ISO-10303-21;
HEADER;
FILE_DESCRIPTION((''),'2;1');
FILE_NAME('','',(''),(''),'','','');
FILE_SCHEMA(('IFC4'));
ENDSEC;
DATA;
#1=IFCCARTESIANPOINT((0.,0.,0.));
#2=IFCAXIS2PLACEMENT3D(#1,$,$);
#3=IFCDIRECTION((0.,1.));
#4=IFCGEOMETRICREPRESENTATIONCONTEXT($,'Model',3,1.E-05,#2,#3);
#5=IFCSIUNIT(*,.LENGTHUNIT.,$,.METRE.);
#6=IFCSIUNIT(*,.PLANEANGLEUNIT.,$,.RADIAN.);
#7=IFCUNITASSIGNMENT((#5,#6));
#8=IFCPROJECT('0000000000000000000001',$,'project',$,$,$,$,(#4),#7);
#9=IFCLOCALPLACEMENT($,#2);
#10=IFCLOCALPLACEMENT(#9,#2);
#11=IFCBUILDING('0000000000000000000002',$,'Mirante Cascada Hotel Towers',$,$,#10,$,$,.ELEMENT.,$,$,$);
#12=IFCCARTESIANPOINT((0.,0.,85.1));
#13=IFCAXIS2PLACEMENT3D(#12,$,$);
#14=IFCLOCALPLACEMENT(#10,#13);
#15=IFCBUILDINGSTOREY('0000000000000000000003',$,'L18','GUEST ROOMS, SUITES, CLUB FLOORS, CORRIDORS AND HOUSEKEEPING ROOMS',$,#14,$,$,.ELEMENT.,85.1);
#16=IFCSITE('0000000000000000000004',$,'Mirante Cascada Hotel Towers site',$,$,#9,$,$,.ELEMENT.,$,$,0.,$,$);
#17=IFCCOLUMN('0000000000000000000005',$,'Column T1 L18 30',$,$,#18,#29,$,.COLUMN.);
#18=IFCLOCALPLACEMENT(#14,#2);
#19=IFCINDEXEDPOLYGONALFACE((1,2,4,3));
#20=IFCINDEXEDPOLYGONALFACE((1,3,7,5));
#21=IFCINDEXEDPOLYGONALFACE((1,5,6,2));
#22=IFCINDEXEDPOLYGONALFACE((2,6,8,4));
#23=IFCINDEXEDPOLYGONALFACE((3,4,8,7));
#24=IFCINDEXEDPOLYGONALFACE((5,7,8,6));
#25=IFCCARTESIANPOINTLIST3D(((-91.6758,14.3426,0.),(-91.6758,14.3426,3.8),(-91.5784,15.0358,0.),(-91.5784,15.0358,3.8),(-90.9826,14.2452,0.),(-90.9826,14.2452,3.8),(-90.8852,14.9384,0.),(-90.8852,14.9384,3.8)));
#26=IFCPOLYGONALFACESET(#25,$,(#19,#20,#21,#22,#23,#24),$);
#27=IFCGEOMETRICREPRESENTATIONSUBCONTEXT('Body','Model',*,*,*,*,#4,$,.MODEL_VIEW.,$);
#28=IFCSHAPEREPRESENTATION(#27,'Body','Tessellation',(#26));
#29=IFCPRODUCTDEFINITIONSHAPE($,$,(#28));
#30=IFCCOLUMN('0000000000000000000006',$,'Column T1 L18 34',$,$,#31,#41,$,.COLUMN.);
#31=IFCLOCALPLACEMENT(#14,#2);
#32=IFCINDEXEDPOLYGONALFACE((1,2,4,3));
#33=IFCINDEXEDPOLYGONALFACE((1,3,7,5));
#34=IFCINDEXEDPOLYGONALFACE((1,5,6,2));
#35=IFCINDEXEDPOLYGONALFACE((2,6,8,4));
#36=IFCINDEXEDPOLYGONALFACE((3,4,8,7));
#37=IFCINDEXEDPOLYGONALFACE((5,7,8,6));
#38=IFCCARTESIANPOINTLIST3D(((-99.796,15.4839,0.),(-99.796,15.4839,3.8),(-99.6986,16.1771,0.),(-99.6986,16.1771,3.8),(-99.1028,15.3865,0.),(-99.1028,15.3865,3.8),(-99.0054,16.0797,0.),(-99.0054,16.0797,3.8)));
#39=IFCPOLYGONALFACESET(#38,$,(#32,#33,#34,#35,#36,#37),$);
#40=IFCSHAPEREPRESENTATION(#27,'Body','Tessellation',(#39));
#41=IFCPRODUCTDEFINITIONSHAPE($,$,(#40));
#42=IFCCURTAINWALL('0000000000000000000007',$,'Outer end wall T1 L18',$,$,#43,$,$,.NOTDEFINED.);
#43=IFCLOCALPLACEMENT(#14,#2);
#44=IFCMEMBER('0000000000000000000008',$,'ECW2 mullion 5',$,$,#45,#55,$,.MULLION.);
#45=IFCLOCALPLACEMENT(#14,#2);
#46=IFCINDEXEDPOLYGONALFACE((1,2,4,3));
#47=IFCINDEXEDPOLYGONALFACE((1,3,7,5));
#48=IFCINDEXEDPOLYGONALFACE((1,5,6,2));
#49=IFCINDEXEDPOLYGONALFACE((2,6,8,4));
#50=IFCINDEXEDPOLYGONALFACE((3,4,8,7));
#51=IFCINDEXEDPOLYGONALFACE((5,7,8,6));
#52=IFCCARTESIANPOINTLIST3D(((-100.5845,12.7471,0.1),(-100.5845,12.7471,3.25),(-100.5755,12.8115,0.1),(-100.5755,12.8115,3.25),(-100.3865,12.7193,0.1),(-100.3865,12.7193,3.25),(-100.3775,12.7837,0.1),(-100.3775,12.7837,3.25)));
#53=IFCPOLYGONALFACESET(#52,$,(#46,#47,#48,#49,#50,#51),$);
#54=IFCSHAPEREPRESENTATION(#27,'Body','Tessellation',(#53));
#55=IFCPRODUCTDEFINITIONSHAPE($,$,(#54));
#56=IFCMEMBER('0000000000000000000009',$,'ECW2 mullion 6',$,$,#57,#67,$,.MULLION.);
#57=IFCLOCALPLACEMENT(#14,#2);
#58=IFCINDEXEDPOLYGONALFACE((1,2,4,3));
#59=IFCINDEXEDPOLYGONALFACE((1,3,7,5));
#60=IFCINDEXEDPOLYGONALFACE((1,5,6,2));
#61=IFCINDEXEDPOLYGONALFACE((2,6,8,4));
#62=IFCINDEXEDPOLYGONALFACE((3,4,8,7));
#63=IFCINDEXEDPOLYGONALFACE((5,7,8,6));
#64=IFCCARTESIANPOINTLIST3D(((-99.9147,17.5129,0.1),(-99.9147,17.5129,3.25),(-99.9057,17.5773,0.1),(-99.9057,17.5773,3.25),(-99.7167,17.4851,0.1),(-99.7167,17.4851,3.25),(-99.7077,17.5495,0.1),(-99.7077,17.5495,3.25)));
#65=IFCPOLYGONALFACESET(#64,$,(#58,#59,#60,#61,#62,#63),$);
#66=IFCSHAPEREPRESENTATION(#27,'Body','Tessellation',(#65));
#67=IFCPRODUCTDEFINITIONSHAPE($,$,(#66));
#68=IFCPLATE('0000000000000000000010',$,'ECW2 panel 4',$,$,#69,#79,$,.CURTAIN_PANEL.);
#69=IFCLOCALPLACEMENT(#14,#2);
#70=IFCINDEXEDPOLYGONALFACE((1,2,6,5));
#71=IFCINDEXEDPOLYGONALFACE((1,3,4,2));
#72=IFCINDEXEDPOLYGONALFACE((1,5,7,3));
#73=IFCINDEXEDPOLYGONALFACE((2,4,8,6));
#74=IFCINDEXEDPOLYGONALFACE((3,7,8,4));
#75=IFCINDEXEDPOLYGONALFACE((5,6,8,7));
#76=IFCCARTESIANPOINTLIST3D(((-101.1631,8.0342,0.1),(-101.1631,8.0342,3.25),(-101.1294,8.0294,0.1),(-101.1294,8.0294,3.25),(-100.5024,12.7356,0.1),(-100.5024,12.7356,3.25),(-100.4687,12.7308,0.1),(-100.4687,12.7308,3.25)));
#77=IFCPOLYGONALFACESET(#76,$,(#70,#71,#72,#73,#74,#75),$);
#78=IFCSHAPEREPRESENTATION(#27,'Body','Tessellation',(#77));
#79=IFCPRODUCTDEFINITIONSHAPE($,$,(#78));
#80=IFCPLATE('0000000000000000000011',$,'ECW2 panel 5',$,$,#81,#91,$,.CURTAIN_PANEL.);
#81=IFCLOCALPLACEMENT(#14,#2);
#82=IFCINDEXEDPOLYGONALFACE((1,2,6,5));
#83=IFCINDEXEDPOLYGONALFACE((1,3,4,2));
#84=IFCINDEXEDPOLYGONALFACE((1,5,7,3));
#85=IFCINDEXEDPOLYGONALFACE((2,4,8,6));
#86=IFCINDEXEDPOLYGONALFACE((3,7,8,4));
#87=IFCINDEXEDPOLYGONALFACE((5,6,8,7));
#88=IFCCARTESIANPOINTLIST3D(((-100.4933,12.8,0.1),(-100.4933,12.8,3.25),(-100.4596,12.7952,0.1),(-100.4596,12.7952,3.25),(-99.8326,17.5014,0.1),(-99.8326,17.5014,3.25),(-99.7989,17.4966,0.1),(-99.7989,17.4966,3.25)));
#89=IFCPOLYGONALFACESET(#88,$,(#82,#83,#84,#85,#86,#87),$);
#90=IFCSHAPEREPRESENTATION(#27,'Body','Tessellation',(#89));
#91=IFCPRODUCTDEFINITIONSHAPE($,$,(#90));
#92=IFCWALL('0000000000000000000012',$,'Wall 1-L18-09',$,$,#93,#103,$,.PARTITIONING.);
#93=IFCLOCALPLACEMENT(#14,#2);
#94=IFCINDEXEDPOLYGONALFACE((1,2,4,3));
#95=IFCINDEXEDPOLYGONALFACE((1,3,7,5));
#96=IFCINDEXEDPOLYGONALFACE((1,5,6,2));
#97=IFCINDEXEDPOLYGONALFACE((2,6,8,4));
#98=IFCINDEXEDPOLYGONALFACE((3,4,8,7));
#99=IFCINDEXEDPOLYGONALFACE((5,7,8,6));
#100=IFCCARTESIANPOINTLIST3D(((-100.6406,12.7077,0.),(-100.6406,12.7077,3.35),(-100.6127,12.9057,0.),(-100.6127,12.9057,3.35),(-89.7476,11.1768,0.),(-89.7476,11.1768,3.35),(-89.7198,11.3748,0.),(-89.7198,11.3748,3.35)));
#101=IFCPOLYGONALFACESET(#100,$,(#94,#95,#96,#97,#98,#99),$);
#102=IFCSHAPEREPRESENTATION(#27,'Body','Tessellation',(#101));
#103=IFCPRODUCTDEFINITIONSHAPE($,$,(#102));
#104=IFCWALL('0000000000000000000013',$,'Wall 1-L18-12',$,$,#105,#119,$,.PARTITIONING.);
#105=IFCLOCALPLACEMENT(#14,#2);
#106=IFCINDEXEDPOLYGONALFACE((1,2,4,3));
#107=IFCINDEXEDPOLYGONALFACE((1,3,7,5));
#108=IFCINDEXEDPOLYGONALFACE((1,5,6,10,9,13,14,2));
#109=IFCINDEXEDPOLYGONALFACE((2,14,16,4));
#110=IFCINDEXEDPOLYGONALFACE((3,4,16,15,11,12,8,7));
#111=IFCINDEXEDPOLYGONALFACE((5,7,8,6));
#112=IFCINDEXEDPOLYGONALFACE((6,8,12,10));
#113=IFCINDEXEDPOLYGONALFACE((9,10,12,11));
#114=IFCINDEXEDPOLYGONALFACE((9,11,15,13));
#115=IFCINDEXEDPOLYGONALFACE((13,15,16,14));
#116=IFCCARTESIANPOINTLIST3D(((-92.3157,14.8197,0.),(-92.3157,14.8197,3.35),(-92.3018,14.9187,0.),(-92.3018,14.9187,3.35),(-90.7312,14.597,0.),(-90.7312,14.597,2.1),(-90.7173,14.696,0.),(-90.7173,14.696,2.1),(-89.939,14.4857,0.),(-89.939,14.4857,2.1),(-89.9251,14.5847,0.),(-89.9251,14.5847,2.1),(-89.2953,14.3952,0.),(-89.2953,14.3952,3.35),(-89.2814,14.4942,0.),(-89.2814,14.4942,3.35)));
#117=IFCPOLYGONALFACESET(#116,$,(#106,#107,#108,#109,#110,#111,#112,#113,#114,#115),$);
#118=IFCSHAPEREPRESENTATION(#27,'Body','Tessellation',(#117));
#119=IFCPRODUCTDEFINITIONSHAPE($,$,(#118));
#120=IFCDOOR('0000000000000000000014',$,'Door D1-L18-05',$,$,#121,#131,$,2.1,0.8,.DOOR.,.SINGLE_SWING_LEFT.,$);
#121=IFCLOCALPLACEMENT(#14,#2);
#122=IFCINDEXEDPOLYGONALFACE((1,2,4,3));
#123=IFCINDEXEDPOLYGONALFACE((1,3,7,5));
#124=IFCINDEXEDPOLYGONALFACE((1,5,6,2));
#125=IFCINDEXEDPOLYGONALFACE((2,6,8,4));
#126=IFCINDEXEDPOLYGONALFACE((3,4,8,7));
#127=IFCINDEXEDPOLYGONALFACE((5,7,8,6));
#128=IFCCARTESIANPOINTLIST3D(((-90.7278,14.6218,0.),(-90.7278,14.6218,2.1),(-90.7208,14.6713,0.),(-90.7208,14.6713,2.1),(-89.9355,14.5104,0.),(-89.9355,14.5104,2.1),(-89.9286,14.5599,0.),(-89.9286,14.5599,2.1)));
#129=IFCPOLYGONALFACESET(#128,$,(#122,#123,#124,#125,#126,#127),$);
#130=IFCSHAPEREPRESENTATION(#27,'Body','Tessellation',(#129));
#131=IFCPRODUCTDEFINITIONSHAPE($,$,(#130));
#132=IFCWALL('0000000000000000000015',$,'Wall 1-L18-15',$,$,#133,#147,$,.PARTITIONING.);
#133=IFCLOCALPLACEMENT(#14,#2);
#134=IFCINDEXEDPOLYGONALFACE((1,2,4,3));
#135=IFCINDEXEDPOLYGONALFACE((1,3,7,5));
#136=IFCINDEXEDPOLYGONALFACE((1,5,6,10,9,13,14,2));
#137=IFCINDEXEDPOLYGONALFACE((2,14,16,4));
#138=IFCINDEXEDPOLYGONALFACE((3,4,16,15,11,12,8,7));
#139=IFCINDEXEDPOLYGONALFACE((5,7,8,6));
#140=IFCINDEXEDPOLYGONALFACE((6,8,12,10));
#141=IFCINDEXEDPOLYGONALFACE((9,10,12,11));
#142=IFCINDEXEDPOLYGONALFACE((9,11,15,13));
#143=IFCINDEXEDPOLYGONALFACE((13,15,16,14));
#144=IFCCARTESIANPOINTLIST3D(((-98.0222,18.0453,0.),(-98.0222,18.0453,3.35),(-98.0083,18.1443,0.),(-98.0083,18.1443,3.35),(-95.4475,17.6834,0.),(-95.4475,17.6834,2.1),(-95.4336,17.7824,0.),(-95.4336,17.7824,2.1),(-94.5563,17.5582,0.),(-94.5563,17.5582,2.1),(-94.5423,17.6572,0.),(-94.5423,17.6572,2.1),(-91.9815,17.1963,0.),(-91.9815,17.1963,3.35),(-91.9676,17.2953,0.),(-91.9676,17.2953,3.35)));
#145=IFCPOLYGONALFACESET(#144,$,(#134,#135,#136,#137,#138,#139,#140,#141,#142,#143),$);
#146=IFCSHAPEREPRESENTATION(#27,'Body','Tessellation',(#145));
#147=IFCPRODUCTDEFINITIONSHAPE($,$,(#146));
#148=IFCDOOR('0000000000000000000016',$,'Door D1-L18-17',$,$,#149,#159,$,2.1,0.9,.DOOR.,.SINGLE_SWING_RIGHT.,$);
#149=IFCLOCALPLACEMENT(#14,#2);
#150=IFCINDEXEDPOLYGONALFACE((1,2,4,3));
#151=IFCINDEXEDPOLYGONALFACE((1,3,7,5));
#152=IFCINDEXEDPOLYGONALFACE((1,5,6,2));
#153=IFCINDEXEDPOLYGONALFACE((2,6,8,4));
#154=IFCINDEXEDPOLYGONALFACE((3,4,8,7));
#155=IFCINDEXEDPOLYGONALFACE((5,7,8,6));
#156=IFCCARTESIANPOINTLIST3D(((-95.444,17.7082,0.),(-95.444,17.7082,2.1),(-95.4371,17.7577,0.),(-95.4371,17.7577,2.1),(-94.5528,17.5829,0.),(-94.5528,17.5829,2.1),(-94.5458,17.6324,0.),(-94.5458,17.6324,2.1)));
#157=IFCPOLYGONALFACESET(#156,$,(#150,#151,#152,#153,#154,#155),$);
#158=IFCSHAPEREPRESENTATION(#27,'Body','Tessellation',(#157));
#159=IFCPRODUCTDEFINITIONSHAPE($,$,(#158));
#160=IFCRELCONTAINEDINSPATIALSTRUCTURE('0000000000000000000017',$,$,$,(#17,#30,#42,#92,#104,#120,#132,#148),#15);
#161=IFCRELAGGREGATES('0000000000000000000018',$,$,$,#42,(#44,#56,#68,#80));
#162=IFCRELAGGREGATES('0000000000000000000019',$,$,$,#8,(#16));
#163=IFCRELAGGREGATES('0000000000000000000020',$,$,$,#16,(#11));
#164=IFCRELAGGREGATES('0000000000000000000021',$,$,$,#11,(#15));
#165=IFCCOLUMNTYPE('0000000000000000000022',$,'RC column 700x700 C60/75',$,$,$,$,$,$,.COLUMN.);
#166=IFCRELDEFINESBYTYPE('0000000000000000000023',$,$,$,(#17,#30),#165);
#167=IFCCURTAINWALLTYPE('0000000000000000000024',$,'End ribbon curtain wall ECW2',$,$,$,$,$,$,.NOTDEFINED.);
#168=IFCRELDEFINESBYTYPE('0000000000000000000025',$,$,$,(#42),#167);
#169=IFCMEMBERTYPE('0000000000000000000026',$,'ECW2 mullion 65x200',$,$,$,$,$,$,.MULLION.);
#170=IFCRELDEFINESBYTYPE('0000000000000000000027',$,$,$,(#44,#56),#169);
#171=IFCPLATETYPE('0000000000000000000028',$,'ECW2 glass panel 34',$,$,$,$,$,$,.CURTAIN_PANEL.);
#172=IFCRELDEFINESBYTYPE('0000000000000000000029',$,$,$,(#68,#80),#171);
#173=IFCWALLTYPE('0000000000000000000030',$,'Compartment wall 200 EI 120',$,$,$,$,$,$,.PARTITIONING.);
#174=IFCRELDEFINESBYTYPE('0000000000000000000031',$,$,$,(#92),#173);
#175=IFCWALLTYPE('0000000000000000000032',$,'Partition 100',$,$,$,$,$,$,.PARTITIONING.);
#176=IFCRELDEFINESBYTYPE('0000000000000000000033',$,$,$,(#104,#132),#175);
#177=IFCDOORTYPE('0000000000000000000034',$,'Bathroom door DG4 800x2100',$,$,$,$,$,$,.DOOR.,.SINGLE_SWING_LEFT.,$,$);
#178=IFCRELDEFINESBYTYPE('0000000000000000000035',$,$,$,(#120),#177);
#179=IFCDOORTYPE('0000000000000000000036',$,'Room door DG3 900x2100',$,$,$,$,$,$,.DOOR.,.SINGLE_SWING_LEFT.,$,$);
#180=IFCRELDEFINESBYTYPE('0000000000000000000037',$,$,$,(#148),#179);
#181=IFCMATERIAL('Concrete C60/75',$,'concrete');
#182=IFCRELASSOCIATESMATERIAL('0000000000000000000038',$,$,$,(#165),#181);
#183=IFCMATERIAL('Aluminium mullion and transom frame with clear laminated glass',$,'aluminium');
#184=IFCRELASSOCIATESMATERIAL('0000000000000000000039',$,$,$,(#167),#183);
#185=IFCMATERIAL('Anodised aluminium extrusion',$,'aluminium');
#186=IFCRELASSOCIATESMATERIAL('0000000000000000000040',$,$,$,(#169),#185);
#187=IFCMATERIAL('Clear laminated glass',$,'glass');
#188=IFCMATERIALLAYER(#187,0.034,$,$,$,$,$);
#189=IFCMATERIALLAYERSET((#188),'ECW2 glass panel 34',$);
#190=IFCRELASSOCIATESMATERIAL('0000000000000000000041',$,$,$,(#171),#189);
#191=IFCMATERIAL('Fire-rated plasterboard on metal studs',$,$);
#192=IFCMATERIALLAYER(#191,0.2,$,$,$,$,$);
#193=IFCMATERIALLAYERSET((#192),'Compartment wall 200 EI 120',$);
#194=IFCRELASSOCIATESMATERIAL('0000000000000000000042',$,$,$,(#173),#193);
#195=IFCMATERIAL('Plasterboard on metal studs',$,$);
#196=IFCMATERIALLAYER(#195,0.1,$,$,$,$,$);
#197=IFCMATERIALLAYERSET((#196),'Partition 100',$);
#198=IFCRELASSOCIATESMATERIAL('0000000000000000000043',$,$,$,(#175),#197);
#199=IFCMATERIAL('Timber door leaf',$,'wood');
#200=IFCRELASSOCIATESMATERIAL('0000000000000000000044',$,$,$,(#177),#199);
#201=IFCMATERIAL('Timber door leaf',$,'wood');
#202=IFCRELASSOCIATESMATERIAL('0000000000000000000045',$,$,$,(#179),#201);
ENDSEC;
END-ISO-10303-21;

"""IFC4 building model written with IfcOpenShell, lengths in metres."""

from ifc_helpers import new_model, si_unit, direction, frame, frame_2d, origin, origin_2d, place, context, subcontext, project, spatial, rectangle, extrude, material, layer, layer_set, material_profile, profile_set, type_object, element, fill, aggregate, save


model = new_model("IFC4")

# Units and contexts
model_context = context("Model", 3, precision=1e-05, world=origin(), true_north=direction((0.0, 1.0)))
body_context = subcontext(model_context, "Body", "Model", "MODEL_VIEW")
ifc_project = project(units=[si_unit("LENGTHUNIT", "METRE"), si_unit("PLANEANGLEUNIT", "RADIAN")], contexts=[model_context])

# Site, building, storey
site_placement = place(None, origin())
site = spatial("IfcSite", under=ifc_project, at=site_placement, Name="Mirante Cascada Hotel Towers site", CompositionType="ELEMENT", RefElevation=0.0)
building_placement = place(site_placement, origin())
building = spatial("IfcBuilding", under=site, at=building_placement, Name="Mirante Cascada Hotel Towers", CompositionType="ELEMENT")
storey_placement = place(building_placement, frame((0.0, 0.0, 85.1)))
storey = spatial("IfcBuildingStorey", under=building, at=storey_placement, Name="L18", Description="GUEST ROOMS, SUITES, CLUB FLOORS, CORRIDORS AND HOUSEKEEPING ROOMS", CompositionType="ELEMENT", Elevation=85.1)

# Columns
ifc_material_1 = material(Name="Concrete C60/75", Category="concrete")
ifc_material_profile_1 = material_profile(ifc_material_1, rectangle(XDim=0.7, YDim=0.7, at=origin_2d()), Name="RC column 700x700 C60/75")
ifc_profile_set_1 = profile_set([ifc_material_profile_1], Name="Concrete C60/75")
column_type = type_object("IfcColumnType", Name="RC column 700x700 C60/75", PredefinedType="COLUMN", material=ifc_profile_set_1)
for number, where, z_axis, x_axis, name in (
    (1, (-91.2805, 14.6405, 0.0), (0.0, 0.0, 1.0), (-0.990268, 0.139173, 0.0), "Column T1 L18 30"),
    (2, (-99.4007, 15.7818, 0.0), (0.0, 0.0, 1.0), (-0.990268, 0.139173, 0.0), "Column T1 L18 34"),
):
    element("IfcColumn", number, at=place(storey_placement, frame(where, z_axis=z_axis, x_axis=x_axis)), inside=storey, type_object=column_type, Name=name, PredefinedType="COLUMN", context=body_context, shape_type="SweptSolid", body=[
        extrude(rectangle(XDim=0.7, YDim=0.7, at=origin_2d()), origin(), (0.0, 0.0, 1.0), 3.8),
    ])

# Curtain wall, members, plates
ifc_material_2 = material(Name="Aluminium mullion and transom frame with clear laminated glass", Category="aluminium")
curtain_wall_type = type_object("IfcCurtainWallType", Name="End ribbon curtain wall ECW2", PredefinedType="NOTDEFINED", material=ifc_material_2)
curtain_wall_placement = place(storey_placement, origin())
curtain_wall = element("IfcCurtainWall", 3, at=curtain_wall_placement, inside=storey, type_object=curtain_wall_type, Name="Outer end wall T1 L18", PredefinedType="NOTDEFINED")
ifc_material_3 = material(Name="Anodised aluminium extrusion", Category="aluminium")
ifc_material_profile_2 = material_profile(ifc_material_3, rectangle(XDim=0.2, YDim=0.065, at=origin_2d()), Name="ECW2 MULLION 65x200")
ifc_profile_set_2 = profile_set([ifc_material_profile_2], Name="Anodised aluminium extrusion")
member_type = type_object("IfcMemberType", Name="ECW2 mullion 65x200", PredefinedType="MULLION", material=ifc_profile_set_2)
member_1_placement = place(storey_placement, frame((-100.481, 12.7654, 0.1), z_axis=(0.0, 0.0, 1.0), x_axis=(-0.990268, 0.139173, 0.0)))
member_1 = element("IfcMember", 4, at=member_1_placement, type_object=member_type, Name="ECW2 mullion 5", PredefinedType="MULLION", context=body_context, shape_type="SweptSolid", body=[
    extrude(rectangle(XDim=0.2, YDim=0.065, at=origin_2d()), origin(), (0.0, 0.0, 1.0), 3.15),
])
member_2_placement = place(storey_placement, frame((-99.8112, 17.5312, 0.1), z_axis=(0.0, 0.0, 1.0), x_axis=(-0.990268, 0.139173, 0.0)))
member_2 = element("IfcMember", 5, at=member_2_placement, type_object=member_type, Name="ECW2 mullion 6", PredefinedType="MULLION", context=body_context, shape_type="SweptSolid", body=[
    extrude(rectangle(XDim=0.2, YDim=0.065, at=origin_2d()), origin(), (0.0, 0.0, 1.0), 3.15),
])
ifc_material_4 = material(Name="Clear laminated glass", Category="glass")
ifc_layer_1 = layer(ifc_material_4, 0.034)
ifc_layer_set_1 = layer_set([ifc_layer_1], Name="ECW2 glass panel 34")
plate_type = type_object("IfcPlateType", Name="ECW2 glass panel 34", PredefinedType="CURTAIN_PANEL", material=ifc_layer_set_1)
plate_1_placement = place(storey_placement, frame((-100.8159, 10.3825, 0.1), z_axis=(0.0, 0.0, 1.0), x_axis=(0.139173, 0.990268, 0.0)))
plate_1 = element("IfcPlate", 6, at=plate_1_placement, type_object=plate_type, Name="ECW2 panel 4", PredefinedType="CURTAIN_PANEL", context=body_context, shape_type="SweptSolid", body=[
    extrude(rectangle(XDim=4.7476, YDim=0.034, at=origin_2d()), origin(), (0.0, 0.0, 1.0), 3.15),
])
plate_2_placement = place(storey_placement, frame((-100.1461, 15.1483, 0.1), z_axis=(0.0, 0.0, 1.0), x_axis=(0.139173, 0.990268, 0.0)))
plate_2 = element("IfcPlate", 7, at=plate_2_placement, type_object=plate_type, Name="ECW2 panel 5", PredefinedType="CURTAIN_PANEL", context=body_context, shape_type="SweptSolid", body=[
    extrude(rectangle(XDim=4.7476, YDim=0.034, at=origin_2d()), origin(), (0.0, 0.0, 1.0), 3.15),
])
aggregate(curtain_wall, [member_1, member_2, plate_1, plate_2])

# Wall
ifc_material_5 = material(Name="Fire-rated plasterboard on metal studs")
ifc_layer_2 = layer(ifc_material_5, 0.2)
ifc_layer_set_2 = layer_set([ifc_layer_2], Name="Compartment wall 200 EI 120")
wall_type_1 = type_object("IfcWallType", Name="Compartment wall 200 EI 120", PredefinedType="PARTITIONING", material=ifc_layer_set_2)
wall_1_placement = place(storey_placement, frame((-89.7337, 11.2758, 0.0), z_axis=(0.0, 0.0, 1.0), x_axis=(-0.990268, 0.139173, 0.0)))
element("IfcWall", 8, at=wall_1_placement, inside=storey, type_object=wall_type_1, Name="Wall 1-L18-09", PredefinedType="PARTITIONING", context=body_context, shape_type="SweptSolid", body=[
    extrude(rectangle(XDim=11.0, YDim=0.2, at=frame_2d((5.5, 0.0))), origin(), (0.0, 0.0, 1.0), 3.35),
])

# Walls, openings, doors
ifc_material_6 = material(Name="Plasterboard on metal studs")
ifc_layer_3 = layer(ifc_material_6, 0.1)
ifc_layer_set_3 = layer_set([ifc_layer_3], Name="Partition 100")
wall_type_2 = type_object("IfcWallType", Name="Partition 100", PredefinedType="PARTITIONING", material=ifc_layer_set_3)
wall_2_placement = place(storey_placement, frame((-92.3087, 14.8692, 0.0), z_axis=(0.0, 0.0, 1.0), x_axis=(0.990268, -0.139177, 0.0)))
wall_2 = element("IfcWall", 9, at=wall_2_placement, inside=storey, type_object=wall_type_2, Name="Wall 1-L18-12", PredefinedType="PARTITIONING", context=body_context, shape_type="SweptSolid", body=[
    extrude(rectangle(XDim=3.0501, YDim=0.1, at=frame_2d((1.525, 0.0))), origin(), (0.0, 0.0, 1.0), 3.35),
])
opening_1_placement = place(wall_2_placement, frame((1.6, 0.0, 0.0)))
opening_1 = element("IfcOpeningElement", 10, at=opening_1_placement, cuts=wall_2, PredefinedType="OPENING", context=body_context, shape_type="SweptSolid", body=[
    extrude(rectangle(XDim=0.8, YDim=2.1, at=frame_2d((0.4, 1.05))), frame((0.0, 0.05, 0.0), z_axis=(0.0, -1.0, 0.0), x_axis=(1.0, 0.0, 0.0)), (0.0, 0.0, 1.0), 0.1),
])
ifc_material_7 = material(Name="Timber door leaf", Category="wood")
door_type_1 = type_object("IfcDoorType", Name="Bathroom door DG4 800x2100", OperationType="SINGLE_SWING_LEFT", PredefinedType="DOOR", material=ifc_material_7)
door_1_placement = place(opening_1_placement, origin())
door_1 = element("IfcDoor", 11, at=door_1_placement, inside=storey, type_object=door_type_1, Name="Door D1-L18-05", OperationType="SINGLE_SWING_LEFT", OverallHeight=2.1, OverallWidth=0.8, PredefinedType="DOOR", context=body_context, shape_type="SweptSolid", body=[
    extrude(rectangle(XDim=0.8, YDim=2.1, at=frame_2d((0.4, 1.05))), frame((0.0, 0.025, 0.0), z_axis=(0.0, -1.0, 0.0), x_axis=(1.0, 0.0, 0.0)), (0.0, 0.0, 1.0), 0.05),
])
fill(opening_1, door_1)
wall_3_placement = place(storey_placement, frame((-91.9746, 17.2458, 0.0), z_axis=(0.0, 0.0, 1.0), x_axis=(-0.990267, 0.139179, 0.0)))
wall_3 = element("IfcWall", 12, at=wall_3_placement, inside=storey, type_object=wall_type_2, Name="Wall 1-L18-15", PredefinedType="PARTITIONING", context=body_context, shape_type="SweptSolid", body=[
    extrude(rectangle(XDim=6.1001, YDim=0.1, at=frame_2d((3.05, 0.0))), origin(), (0.0, 0.0, 1.0), 3.35),
])
opening_2_placement = place(wall_3_placement, frame((2.6, 0.0, 0.0)))
opening_2 = element("IfcOpeningElement", 13, at=opening_2_placement, cuts=wall_3, PredefinedType="OPENING", context=body_context, shape_type="SweptSolid", body=[
    extrude(rectangle(XDim=0.9, YDim=2.1, at=frame_2d((0.45, 1.05))), frame((0.0, 0.05, 0.0), z_axis=(0.0, -1.0, 0.0), x_axis=(1.0, 0.0, 0.0)), (0.0, 0.0, 1.0), 0.1),
])
ifc_material_8 = material(Name="Timber door leaf", Category="wood")
door_type_2 = type_object("IfcDoorType", Name="Room door DG3 900x2100", OperationType="SINGLE_SWING_LEFT", PredefinedType="DOOR", material=ifc_material_8)
door_2_placement = place(opening_2_placement, frame((0.9, 0.0, 0.0), z_axis=(0.0, 0.0, 1.0), x_axis=(-1.0, 0.0, 0.0)))
door_2 = element("IfcDoor", 14, at=door_2_placement, inside=storey, type_object=door_type_2, Name="Door D1-L18-17", OperationType="SINGLE_SWING_RIGHT", OverallHeight=2.1, OverallWidth=0.9, PredefinedType="DOOR", context=body_context, shape_type="SweptSolid", body=[
    extrude(rectangle(XDim=0.9, YDim=2.1, at=frame_2d((0.45, 1.05))), frame((0.0, 0.025, 0.0), z_axis=(0.0, -1.0, 0.0), x_axis=(1.0, 0.0, 0.0)), (0.0, 0.0, 1.0), 0.05),
])
fill(opening_2, door_2)

save(model, "model.ifc")
